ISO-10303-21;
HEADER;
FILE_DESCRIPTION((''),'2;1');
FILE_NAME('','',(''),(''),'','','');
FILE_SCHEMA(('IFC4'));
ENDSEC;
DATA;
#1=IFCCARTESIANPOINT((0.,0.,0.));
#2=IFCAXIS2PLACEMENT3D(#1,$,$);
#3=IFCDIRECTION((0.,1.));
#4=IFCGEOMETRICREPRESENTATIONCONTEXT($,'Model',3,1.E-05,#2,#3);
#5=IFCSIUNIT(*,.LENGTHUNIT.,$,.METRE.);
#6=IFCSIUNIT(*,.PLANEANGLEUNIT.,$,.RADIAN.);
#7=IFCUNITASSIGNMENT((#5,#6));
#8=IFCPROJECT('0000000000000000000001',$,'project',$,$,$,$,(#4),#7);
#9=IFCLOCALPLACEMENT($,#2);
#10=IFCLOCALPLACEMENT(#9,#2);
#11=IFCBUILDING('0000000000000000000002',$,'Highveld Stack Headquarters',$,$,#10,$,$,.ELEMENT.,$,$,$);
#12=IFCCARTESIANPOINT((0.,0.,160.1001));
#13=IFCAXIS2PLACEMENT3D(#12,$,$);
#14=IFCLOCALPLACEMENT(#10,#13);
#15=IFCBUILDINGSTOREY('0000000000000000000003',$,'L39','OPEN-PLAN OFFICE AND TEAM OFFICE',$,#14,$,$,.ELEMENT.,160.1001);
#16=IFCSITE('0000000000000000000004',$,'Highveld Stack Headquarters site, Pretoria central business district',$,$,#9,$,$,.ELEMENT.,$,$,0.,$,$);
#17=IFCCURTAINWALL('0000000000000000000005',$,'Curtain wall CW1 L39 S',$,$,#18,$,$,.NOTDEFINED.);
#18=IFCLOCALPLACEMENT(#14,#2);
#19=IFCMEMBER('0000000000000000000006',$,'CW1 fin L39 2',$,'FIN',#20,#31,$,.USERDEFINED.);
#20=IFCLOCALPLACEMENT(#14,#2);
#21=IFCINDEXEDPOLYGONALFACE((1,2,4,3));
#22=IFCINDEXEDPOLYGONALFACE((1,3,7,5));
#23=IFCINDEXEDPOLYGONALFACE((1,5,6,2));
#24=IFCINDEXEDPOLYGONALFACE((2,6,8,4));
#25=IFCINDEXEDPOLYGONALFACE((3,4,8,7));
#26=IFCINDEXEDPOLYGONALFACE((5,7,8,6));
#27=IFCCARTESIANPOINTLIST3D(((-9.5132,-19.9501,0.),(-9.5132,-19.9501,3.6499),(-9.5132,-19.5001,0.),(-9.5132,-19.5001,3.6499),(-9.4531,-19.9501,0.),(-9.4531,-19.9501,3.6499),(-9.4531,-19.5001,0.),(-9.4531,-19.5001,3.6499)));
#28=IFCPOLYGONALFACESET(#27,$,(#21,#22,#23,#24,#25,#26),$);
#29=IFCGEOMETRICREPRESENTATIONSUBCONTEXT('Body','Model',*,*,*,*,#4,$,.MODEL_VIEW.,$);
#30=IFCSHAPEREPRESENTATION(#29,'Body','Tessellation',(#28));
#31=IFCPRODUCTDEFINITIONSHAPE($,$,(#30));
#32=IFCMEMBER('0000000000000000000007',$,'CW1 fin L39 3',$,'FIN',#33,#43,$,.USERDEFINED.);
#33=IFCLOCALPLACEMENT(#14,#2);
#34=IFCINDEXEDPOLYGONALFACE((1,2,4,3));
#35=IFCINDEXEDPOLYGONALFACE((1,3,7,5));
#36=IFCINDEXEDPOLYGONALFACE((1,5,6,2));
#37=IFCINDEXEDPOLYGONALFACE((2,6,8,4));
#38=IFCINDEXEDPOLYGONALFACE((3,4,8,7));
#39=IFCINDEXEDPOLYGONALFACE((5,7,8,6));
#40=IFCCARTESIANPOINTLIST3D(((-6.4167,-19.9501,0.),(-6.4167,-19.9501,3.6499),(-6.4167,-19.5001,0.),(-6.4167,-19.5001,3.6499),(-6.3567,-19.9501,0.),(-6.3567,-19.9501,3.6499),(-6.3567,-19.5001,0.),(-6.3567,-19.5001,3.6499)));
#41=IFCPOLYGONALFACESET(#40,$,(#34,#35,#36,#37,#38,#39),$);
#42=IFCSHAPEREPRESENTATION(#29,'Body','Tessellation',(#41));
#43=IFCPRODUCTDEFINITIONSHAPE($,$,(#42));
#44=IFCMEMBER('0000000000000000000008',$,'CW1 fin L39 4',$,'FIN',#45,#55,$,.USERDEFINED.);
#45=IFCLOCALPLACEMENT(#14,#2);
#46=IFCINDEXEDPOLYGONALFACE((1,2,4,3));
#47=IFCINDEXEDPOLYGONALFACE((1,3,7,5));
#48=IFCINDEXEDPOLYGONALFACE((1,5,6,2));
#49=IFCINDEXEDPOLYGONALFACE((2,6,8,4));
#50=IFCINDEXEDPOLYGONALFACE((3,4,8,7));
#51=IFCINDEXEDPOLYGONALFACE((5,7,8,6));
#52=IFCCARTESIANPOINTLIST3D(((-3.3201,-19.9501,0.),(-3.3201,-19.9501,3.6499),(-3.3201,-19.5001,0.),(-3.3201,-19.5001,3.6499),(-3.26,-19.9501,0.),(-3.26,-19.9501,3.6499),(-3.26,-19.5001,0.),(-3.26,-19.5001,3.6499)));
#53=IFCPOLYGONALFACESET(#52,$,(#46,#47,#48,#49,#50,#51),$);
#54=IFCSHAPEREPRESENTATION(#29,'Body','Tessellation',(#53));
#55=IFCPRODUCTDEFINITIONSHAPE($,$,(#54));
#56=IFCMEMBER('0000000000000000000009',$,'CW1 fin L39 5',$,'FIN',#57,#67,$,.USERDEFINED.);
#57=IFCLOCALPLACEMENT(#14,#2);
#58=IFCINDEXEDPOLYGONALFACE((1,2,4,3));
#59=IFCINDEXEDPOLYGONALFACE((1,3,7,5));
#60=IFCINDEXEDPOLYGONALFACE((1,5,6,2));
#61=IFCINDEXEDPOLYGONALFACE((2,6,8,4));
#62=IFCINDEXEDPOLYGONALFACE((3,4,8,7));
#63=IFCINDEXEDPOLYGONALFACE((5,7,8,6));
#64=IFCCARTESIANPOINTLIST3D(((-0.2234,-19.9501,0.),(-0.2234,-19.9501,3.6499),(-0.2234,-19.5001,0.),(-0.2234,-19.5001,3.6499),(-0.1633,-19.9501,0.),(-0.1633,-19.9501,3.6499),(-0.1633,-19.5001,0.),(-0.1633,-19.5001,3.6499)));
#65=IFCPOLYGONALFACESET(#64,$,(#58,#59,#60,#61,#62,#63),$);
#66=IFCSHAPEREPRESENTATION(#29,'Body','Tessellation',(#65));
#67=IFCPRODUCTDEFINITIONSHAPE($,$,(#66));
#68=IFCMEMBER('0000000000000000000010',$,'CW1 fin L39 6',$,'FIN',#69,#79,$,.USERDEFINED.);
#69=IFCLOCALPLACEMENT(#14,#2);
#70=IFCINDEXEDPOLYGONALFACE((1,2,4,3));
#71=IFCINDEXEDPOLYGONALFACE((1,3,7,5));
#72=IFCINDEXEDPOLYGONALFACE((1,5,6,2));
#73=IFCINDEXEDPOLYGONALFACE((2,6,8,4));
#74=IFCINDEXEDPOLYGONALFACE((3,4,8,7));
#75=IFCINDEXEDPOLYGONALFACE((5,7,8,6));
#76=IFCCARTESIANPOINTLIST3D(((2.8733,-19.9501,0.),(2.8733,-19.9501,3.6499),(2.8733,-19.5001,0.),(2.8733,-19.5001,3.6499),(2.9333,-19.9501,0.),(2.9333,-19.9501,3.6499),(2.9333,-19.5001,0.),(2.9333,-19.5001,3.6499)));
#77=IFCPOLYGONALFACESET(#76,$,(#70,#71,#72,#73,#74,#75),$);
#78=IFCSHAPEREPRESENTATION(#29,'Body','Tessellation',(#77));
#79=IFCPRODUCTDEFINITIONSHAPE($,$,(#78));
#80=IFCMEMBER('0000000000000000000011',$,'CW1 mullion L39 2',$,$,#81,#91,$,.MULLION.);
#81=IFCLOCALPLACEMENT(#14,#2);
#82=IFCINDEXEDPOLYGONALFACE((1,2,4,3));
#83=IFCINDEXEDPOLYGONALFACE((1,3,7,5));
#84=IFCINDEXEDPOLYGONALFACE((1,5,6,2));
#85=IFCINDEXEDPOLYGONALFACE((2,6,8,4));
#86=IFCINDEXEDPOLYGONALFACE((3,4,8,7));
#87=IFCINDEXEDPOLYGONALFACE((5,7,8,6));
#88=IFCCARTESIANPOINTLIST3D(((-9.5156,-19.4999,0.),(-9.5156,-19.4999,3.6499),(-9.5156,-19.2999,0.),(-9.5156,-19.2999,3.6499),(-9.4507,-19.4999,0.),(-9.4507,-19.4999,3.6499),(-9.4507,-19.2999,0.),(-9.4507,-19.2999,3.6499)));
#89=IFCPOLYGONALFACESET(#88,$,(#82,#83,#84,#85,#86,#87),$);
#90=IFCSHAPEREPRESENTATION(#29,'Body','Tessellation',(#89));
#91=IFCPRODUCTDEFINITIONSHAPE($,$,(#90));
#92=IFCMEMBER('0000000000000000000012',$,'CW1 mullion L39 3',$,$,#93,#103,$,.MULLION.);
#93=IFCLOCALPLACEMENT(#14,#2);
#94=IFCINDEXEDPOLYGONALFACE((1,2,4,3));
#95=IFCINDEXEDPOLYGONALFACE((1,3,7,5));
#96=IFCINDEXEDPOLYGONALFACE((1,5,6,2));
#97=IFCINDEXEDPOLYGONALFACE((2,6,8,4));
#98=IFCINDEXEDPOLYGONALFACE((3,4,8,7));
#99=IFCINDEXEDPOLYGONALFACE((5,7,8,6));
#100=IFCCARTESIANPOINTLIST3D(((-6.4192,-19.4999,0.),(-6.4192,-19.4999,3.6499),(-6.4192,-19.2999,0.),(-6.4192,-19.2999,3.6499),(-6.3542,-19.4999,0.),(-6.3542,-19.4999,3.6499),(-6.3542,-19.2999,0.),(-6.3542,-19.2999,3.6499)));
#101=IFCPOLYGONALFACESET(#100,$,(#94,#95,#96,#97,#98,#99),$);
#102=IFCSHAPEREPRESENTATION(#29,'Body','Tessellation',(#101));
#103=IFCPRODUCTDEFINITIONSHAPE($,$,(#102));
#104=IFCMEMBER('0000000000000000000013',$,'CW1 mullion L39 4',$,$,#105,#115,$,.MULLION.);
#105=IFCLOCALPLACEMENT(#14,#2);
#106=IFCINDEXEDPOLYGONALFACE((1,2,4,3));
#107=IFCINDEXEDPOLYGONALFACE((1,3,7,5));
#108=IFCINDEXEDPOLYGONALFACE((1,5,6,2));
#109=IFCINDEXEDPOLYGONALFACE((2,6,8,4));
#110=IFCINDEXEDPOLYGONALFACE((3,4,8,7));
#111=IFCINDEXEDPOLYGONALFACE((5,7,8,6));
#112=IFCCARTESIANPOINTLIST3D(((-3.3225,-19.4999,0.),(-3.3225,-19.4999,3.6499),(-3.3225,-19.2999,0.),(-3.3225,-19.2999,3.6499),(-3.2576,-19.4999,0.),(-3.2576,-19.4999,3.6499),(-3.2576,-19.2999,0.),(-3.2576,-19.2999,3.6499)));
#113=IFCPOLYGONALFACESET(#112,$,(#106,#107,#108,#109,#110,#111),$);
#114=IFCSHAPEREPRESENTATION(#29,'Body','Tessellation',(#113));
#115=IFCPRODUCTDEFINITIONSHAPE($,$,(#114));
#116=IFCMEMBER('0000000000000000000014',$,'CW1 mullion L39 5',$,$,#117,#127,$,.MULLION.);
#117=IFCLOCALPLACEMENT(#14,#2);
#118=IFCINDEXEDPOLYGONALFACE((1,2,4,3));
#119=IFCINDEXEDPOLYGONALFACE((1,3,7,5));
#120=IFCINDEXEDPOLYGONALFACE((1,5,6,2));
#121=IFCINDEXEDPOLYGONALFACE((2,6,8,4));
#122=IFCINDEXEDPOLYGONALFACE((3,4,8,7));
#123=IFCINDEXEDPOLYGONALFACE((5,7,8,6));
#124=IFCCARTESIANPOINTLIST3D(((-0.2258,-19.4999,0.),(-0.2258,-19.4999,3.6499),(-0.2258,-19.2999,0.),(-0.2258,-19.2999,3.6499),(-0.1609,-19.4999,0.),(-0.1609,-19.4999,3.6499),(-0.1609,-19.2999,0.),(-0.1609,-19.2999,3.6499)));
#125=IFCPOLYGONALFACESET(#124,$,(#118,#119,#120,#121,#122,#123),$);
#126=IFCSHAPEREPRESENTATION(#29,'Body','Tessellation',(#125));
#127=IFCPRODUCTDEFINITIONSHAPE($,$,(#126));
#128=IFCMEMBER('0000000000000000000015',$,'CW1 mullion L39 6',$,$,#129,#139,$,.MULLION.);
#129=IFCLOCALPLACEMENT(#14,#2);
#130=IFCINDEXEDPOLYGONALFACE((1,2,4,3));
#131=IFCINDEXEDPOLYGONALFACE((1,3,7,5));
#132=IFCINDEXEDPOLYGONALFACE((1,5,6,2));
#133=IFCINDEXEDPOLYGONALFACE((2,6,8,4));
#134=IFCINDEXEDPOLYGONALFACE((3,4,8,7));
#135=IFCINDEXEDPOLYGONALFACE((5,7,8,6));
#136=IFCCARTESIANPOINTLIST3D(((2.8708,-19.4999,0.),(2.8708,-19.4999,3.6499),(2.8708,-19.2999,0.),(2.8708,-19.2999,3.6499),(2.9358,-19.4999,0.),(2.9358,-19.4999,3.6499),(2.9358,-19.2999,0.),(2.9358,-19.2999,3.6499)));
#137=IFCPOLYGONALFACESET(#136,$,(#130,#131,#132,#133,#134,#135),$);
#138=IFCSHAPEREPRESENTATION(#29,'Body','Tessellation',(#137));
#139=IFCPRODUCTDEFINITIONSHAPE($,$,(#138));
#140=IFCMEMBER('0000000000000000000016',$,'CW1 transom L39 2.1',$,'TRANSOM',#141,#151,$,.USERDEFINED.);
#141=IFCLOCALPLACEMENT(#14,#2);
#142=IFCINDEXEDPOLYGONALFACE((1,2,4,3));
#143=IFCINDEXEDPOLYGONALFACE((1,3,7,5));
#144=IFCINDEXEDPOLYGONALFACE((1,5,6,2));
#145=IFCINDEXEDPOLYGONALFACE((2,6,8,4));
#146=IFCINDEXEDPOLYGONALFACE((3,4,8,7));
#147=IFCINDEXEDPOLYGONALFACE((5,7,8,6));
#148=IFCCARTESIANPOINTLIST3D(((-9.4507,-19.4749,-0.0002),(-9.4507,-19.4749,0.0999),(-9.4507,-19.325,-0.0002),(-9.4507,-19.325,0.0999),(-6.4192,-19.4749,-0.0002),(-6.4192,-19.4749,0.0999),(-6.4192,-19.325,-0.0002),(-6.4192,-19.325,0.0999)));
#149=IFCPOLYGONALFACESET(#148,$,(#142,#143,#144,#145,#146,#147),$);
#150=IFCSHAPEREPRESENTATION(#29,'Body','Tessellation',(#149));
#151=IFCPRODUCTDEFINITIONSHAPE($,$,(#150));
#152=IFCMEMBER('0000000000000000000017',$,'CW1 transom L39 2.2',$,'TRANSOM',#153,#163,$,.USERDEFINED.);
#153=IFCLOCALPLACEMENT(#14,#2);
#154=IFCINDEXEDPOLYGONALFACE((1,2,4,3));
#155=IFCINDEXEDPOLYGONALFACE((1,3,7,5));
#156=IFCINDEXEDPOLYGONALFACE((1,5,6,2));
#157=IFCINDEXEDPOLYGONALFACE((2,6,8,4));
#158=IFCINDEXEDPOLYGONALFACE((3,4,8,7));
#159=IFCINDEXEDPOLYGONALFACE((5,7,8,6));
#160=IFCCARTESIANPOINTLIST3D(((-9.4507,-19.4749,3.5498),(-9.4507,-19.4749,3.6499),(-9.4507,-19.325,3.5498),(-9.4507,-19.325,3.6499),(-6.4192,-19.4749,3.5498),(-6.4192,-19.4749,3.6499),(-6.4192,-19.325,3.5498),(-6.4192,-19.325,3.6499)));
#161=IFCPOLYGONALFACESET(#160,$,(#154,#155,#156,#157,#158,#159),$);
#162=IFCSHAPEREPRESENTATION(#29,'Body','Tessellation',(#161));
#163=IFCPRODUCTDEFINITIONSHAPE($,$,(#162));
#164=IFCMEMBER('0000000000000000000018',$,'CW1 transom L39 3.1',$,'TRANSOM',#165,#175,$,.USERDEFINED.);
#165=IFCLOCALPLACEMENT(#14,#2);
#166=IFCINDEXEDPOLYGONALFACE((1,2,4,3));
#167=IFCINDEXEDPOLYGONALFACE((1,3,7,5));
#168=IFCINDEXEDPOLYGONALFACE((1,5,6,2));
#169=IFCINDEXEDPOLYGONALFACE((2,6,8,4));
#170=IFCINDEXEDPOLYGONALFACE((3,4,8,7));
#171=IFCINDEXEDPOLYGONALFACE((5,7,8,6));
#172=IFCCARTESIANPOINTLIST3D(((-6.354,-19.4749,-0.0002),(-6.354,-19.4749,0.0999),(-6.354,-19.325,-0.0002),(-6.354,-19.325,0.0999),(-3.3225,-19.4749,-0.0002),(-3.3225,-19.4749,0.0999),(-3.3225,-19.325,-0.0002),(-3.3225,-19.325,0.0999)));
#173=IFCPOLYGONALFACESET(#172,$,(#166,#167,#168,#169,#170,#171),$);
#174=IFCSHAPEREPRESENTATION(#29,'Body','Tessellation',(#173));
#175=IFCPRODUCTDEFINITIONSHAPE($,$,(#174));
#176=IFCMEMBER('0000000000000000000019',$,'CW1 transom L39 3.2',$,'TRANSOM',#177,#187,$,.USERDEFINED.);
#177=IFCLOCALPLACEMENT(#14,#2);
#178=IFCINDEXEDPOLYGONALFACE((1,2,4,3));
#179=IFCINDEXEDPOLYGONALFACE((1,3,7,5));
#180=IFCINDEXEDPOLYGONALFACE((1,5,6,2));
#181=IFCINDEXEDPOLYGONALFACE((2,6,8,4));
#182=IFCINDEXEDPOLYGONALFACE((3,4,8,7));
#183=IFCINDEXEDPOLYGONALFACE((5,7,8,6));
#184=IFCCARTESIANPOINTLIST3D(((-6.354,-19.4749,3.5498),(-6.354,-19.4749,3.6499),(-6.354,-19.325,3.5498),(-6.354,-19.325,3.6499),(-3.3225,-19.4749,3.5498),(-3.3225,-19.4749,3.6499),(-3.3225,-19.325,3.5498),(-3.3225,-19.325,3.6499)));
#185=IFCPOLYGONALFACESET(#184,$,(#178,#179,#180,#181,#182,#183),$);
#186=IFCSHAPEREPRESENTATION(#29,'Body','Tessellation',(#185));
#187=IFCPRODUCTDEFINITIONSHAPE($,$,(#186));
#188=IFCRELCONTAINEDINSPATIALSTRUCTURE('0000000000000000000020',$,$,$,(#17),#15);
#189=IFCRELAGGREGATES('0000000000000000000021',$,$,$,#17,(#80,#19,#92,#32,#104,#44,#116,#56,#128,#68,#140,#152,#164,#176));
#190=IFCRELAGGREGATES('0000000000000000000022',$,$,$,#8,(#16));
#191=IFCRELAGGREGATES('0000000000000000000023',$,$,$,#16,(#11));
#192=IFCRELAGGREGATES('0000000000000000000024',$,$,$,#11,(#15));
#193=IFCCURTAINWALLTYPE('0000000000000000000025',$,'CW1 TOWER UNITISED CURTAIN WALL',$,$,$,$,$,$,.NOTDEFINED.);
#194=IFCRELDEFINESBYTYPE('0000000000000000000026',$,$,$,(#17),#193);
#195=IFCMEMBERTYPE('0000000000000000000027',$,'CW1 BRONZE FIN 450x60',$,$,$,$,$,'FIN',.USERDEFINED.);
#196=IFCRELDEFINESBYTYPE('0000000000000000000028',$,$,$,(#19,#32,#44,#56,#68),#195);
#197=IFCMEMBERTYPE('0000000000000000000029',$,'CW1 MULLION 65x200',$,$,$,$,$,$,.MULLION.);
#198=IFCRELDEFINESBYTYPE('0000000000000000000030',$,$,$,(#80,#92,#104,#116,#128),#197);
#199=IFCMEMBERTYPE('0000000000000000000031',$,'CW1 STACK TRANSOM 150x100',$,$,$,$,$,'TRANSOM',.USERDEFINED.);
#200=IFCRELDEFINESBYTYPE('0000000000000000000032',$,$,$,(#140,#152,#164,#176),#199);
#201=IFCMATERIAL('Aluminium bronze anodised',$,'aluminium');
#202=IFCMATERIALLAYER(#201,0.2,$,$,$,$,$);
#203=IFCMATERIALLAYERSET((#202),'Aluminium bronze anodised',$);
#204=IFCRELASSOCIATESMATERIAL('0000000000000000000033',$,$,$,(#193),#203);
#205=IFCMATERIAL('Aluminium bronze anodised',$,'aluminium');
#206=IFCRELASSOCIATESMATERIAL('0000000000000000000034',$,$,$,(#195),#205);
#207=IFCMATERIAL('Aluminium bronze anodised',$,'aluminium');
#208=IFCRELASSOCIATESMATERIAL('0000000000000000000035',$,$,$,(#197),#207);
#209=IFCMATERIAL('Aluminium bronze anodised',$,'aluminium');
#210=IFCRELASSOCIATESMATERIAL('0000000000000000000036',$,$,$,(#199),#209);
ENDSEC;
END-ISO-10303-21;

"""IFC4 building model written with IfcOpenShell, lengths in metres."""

from ifc_helpers import new_model, si_unit, direction, frame, origin, origin_2d, place, context, subcontext, project, spatial, rectangle, extrude, material, layer, layer_set, material_profile, profile_set, type_object, element, aggregate, save


model = new_model("IFC4")

# Units and contexts
model_context = context("Model", 3, precision=1e-05, world=origin(), true_north=direction((0.0, 1.0)))
body_context = subcontext(model_context, "Body", "Model", "MODEL_VIEW")
ifc_project = project(units=[si_unit("LENGTHUNIT", "METRE"), si_unit("PLANEANGLEUNIT", "RADIAN")], contexts=[model_context])

# Site, building, storey
site_placement = place(None, origin())
site = spatial("IfcSite", under=ifc_project, at=site_placement, Name="Highveld Stack Headquarters site, Pretoria central business district", CompositionType="ELEMENT", RefElevation=0.0)
building_placement = place(site_placement, origin())
building = spatial("IfcBuilding", under=site, at=building_placement, Name="Highveld Stack Headquarters", CompositionType="ELEMENT")
storey_placement = place(building_placement, frame((0.0, 0.0, 160.1001)))
storey = spatial("IfcBuildingStorey", under=building, at=storey_placement, Name="L39", Description="OPEN-PLAN OFFICE AND TEAM OFFICE", CompositionType="ELEMENT", Elevation=160.1001)

# Curtain wall, members
ifc_material_1 = material(Name="Aluminium bronze anodised", Category="aluminium")
ifc_layer_1 = layer(ifc_material_1, 0.2)
ifc_layer_set_1 = layer_set([ifc_layer_1], Name="Aluminium bronze anodised")
curtain_wall_type = type_object("IfcCurtainWallType", Name="CW1 TOWER UNITISED CURTAIN WALL", PredefinedType="NOTDEFINED", material=ifc_layer_set_1)
curtain_wall_placement = place(storey_placement, origin())
curtain_wall = element("IfcCurtainWall", 1, at=curtain_wall_placement, inside=storey, type_object=curtain_wall_type, Name="Curtain wall CW1 L39 S", PredefinedType="NOTDEFINED")
ifc_material_2 = material(Name="Aluminium bronze anodised", Category="aluminium")
ifc_material_profile_1 = material_profile(ifc_material_2, rectangle(XDim=0.45, YDim=0.0601, at=origin_2d()), Name="FIN 450x60")
ifc_profile_set_1 = profile_set([ifc_material_profile_1], Name="Aluminium bronze anodised")
member_type_1 = type_object("IfcMemberType", Name="CW1 BRONZE FIN 450x60", ElementType="FIN", PredefinedType="USERDEFINED", material=ifc_profile_set_1)
member_1_placement = place(storey_placement, frame((-9.4832, -19.7251, 0.0), z_axis=(0.0, 0.0, 1.0), x_axis=(0.0, 1.0, 0.0)))
member_1 = element("IfcMember", 2, at=member_1_placement, type_object=member_type_1, Name="CW1 fin L39 2", ObjectType="FIN", PredefinedType="USERDEFINED", context=body_context, shape_type="SweptSolid", body=[
    extrude(rectangle(XDim=0.45, YDim=0.0601, at=origin_2d()), origin(), (0.0, 0.0, 1.0), 3.6499),
])
member_2_placement = place(storey_placement, frame((-6.3867, -19.7251, 0.0), z_axis=(0.0, 0.0, 1.0), x_axis=(0.0, 1.0, 0.0)))
member_2 = element("IfcMember", 3, at=member_2_placement, type_object=member_type_1, Name="CW1 fin L39 3", ObjectType="FIN", PredefinedType="USERDEFINED", context=body_context, shape_type="SweptSolid", body=[
    extrude(rectangle(XDim=0.45, YDim=0.0601, at=origin_2d()), origin(), (0.0, 0.0, 1.0), 3.6499),
])
member_3_placement = place(storey_placement, frame((-3.29, -19.7251, 0.0), z_axis=(0.0, 0.0, 1.0), x_axis=(0.0, 1.0, 0.0)))
member_3 = element("IfcMember", 4, at=member_3_placement, type_object=member_type_1, Name="CW1 fin L39 4", ObjectType="FIN", PredefinedType="USERDEFINED", context=body_context, shape_type="SweptSolid", body=[
    extrude(rectangle(XDim=0.45, YDim=0.0601, at=origin_2d()), origin(), (0.0, 0.0, 1.0), 3.6499),
])
member_4_placement = place(storey_placement, frame((-0.1934, -19.7251, 0.0), z_axis=(0.0, 0.0, 1.0), x_axis=(0.0, 1.0, 0.0)))
member_4 = element("IfcMember", 5, at=member_4_placement, type_object=member_type_1, Name="CW1 fin L39 5", ObjectType="FIN", PredefinedType="USERDEFINED", context=body_context, shape_type="SweptSolid", body=[
    extrude(rectangle(XDim=0.45, YDim=0.0601, at=origin_2d()), origin(), (0.0, 0.0, 1.0), 3.6499),
])
member_5_placement = place(storey_placement, frame((2.9033, -19.7251, 0.0), z_axis=(0.0, 0.0, 1.0), x_axis=(0.0, 1.0, 0.0)))
member_5 = element("IfcMember", 6, at=member_5_placement, type_object=member_type_1, Name="CW1 fin L39 6", ObjectType="FIN", PredefinedType="USERDEFINED", context=body_context, shape_type="SweptSolid", body=[
    extrude(rectangle(XDim=0.45, YDim=0.0601, at=origin_2d()), origin(), (0.0, 0.0, 1.0), 3.6499),
])
ifc_material_3 = material(Name="Aluminium bronze anodised", Category="aluminium")
ifc_material_profile_2 = material_profile(ifc_material_3, rectangle(XDim=0.2, YDim=0.0649, at=origin_2d()), Name="CW1 MULLION 65x200")
ifc_profile_set_2 = profile_set([ifc_material_profile_2], Name="Aluminium bronze anodised")
member_type_2 = type_object("IfcMemberType", Name="CW1 MULLION 65x200", PredefinedType="MULLION", material=ifc_profile_set_2)
member_6_placement = place(storey_placement, frame((-9.4832, -19.3999, 0.0), z_axis=(0.0, 0.0, 1.0), x_axis=(0.0, 1.0, 0.0)))
member_6 = element("IfcMember", 7, at=member_6_placement, type_object=member_type_2, Name="CW1 mullion L39 2", PredefinedType="MULLION", context=body_context, shape_type="SweptSolid", body=[
    extrude(rectangle(XDim=0.2, YDim=0.0649, at=origin_2d()), origin(), (0.0, 0.0, 1.0), 3.6499),
])
member_7_placement = place(storey_placement, frame((-6.3867, -19.3999, 0.0), z_axis=(0.0, 0.0, 1.0), x_axis=(0.0, 1.0, 0.0)))
member_7 = element("IfcMember", 8, at=member_7_placement, type_object=member_type_2, Name="CW1 mullion L39 3", PredefinedType="MULLION", context=body_context, shape_type="SweptSolid", body=[
    extrude(rectangle(XDim=0.2, YDim=0.0649, at=origin_2d()), origin(), (0.0, 0.0, 1.0), 3.6499),
])
member_8_placement = place(storey_placement, frame((-3.29, -19.3999, 0.0), z_axis=(0.0, 0.0, 1.0), x_axis=(0.0, 1.0, 0.0)))
member_8 = element("IfcMember", 9, at=member_8_placement, type_object=member_type_2, Name="CW1 mullion L39 4", PredefinedType="MULLION", context=body_context, shape_type="SweptSolid", body=[
    extrude(rectangle(XDim=0.2, YDim=0.0649, at=origin_2d()), origin(), (0.0, 0.0, 1.0), 3.6499),
])
member_9_placement = place(storey_placement, frame((-0.1934, -19.3999, 0.0), z_axis=(0.0, 0.0, 1.0), x_axis=(0.0, 1.0, 0.0)))
member_9 = element("IfcMember", 10, at=member_9_placement, type_object=member_type_2, Name="CW1 mullion L39 5", PredefinedType="MULLION", context=body_context, shape_type="SweptSolid", body=[
    extrude(rectangle(XDim=0.2, YDim=0.0649, at=origin_2d()), origin(), (0.0, 0.0, 1.0), 3.6499),
])
member_10_placement = place(storey_placement, frame((2.9033, -19.3999, 0.0), z_axis=(0.0, 0.0, 1.0), x_axis=(0.0, 1.0, 0.0)))
member_10 = element("IfcMember", 11, at=member_10_placement, type_object=member_type_2, Name="CW1 mullion L39 6", PredefinedType="MULLION", context=body_context, shape_type="SweptSolid", body=[
    extrude(rectangle(XDim=0.2, YDim=0.0649, at=origin_2d()), origin(), (0.0, 0.0, 1.0), 3.6499),
])
ifc_material_4 = material(Name="Aluminium bronze anodised", Category="aluminium")
ifc_material_profile_3 = material_profile(ifc_material_4, rectangle(XDim=0.1499, YDim=0.1001, at=origin_2d()), Name="CW1 TRANSOM 150x100")
ifc_profile_set_3 = profile_set([ifc_material_profile_3], Name="Aluminium bronze anodised")
member_type_3 = type_object("IfcMemberType", Name="CW1 STACK TRANSOM 150x100", ElementType="TRANSOM", PredefinedType="USERDEFINED", material=ifc_profile_set_3)
member_11_placement = place(storey_placement, frame((-9.4507, -19.3999, 0.0498), z_axis=(1.0, 0.0, 0.0), x_axis=(0.0, 1.0, 0.0)))
member_11 = element("IfcMember", 12, at=member_11_placement, type_object=member_type_3, Name="CW1 transom L39 2.1", ObjectType="TRANSOM", PredefinedType="USERDEFINED", context=body_context, shape_type="SweptSolid", body=[
    extrude(rectangle(XDim=0.1499, YDim=0.1001, at=origin_2d()), origin(), (0.0, 0.0, 1.0), 3.0315),
])
member_12_placement = place(storey_placement, frame((-9.4507, -19.3999, 3.5999), z_axis=(1.0, 0.0, 0.0), x_axis=(0.0, 1.0, 0.0)))
member_12 = element("IfcMember", 13, at=member_12_placement, type_object=member_type_3, Name="CW1 transom L39 2.2", ObjectType="TRANSOM", PredefinedType="USERDEFINED", context=body_context, shape_type="SweptSolid", body=[
    extrude(rectangle(XDim=0.1499, YDim=0.1001, at=origin_2d()), origin(), (0.0, 0.0, 1.0), 3.0315),
])
member_13_placement = place(storey_placement, frame((-6.354, -19.3999, 0.0498), z_axis=(1.0, 0.0, 0.0), x_axis=(0.0, 1.0, 0.0)))
member_13 = element("IfcMember", 14, at=member_13_placement, type_object=member_type_3, Name="CW1 transom L39 3.1", ObjectType="TRANSOM", PredefinedType="USERDEFINED", context=body_context, shape_type="SweptSolid", body=[
    extrude(rectangle(XDim=0.1499, YDim=0.1001, at=origin_2d()), origin(), (0.0, 0.0, 1.0), 3.0315),
])
member_14_placement = place(storey_placement, frame((-6.354, -19.3999, 3.5999), z_axis=(1.0, 0.0, 0.0), x_axis=(0.0, 1.0, 0.0)))
member_14 = element("IfcMember", 15, at=member_14_placement, type_object=member_type_3, Name="CW1 transom L39 3.2", ObjectType="TRANSOM", PredefinedType="USERDEFINED", context=body_context, shape_type="SweptSolid", body=[
    extrude(rectangle(XDim=0.1499, YDim=0.1001, at=origin_2d()), origin(), (0.0, 0.0, 1.0), 3.0315),
])
aggregate(curtain_wall, [member_6, member_1, member_7, member_2, member_8, member_3, member_9, member_4, member_10, member_5, member_11, member_12, member_13, member_14])

save(model, "model.ifc")
